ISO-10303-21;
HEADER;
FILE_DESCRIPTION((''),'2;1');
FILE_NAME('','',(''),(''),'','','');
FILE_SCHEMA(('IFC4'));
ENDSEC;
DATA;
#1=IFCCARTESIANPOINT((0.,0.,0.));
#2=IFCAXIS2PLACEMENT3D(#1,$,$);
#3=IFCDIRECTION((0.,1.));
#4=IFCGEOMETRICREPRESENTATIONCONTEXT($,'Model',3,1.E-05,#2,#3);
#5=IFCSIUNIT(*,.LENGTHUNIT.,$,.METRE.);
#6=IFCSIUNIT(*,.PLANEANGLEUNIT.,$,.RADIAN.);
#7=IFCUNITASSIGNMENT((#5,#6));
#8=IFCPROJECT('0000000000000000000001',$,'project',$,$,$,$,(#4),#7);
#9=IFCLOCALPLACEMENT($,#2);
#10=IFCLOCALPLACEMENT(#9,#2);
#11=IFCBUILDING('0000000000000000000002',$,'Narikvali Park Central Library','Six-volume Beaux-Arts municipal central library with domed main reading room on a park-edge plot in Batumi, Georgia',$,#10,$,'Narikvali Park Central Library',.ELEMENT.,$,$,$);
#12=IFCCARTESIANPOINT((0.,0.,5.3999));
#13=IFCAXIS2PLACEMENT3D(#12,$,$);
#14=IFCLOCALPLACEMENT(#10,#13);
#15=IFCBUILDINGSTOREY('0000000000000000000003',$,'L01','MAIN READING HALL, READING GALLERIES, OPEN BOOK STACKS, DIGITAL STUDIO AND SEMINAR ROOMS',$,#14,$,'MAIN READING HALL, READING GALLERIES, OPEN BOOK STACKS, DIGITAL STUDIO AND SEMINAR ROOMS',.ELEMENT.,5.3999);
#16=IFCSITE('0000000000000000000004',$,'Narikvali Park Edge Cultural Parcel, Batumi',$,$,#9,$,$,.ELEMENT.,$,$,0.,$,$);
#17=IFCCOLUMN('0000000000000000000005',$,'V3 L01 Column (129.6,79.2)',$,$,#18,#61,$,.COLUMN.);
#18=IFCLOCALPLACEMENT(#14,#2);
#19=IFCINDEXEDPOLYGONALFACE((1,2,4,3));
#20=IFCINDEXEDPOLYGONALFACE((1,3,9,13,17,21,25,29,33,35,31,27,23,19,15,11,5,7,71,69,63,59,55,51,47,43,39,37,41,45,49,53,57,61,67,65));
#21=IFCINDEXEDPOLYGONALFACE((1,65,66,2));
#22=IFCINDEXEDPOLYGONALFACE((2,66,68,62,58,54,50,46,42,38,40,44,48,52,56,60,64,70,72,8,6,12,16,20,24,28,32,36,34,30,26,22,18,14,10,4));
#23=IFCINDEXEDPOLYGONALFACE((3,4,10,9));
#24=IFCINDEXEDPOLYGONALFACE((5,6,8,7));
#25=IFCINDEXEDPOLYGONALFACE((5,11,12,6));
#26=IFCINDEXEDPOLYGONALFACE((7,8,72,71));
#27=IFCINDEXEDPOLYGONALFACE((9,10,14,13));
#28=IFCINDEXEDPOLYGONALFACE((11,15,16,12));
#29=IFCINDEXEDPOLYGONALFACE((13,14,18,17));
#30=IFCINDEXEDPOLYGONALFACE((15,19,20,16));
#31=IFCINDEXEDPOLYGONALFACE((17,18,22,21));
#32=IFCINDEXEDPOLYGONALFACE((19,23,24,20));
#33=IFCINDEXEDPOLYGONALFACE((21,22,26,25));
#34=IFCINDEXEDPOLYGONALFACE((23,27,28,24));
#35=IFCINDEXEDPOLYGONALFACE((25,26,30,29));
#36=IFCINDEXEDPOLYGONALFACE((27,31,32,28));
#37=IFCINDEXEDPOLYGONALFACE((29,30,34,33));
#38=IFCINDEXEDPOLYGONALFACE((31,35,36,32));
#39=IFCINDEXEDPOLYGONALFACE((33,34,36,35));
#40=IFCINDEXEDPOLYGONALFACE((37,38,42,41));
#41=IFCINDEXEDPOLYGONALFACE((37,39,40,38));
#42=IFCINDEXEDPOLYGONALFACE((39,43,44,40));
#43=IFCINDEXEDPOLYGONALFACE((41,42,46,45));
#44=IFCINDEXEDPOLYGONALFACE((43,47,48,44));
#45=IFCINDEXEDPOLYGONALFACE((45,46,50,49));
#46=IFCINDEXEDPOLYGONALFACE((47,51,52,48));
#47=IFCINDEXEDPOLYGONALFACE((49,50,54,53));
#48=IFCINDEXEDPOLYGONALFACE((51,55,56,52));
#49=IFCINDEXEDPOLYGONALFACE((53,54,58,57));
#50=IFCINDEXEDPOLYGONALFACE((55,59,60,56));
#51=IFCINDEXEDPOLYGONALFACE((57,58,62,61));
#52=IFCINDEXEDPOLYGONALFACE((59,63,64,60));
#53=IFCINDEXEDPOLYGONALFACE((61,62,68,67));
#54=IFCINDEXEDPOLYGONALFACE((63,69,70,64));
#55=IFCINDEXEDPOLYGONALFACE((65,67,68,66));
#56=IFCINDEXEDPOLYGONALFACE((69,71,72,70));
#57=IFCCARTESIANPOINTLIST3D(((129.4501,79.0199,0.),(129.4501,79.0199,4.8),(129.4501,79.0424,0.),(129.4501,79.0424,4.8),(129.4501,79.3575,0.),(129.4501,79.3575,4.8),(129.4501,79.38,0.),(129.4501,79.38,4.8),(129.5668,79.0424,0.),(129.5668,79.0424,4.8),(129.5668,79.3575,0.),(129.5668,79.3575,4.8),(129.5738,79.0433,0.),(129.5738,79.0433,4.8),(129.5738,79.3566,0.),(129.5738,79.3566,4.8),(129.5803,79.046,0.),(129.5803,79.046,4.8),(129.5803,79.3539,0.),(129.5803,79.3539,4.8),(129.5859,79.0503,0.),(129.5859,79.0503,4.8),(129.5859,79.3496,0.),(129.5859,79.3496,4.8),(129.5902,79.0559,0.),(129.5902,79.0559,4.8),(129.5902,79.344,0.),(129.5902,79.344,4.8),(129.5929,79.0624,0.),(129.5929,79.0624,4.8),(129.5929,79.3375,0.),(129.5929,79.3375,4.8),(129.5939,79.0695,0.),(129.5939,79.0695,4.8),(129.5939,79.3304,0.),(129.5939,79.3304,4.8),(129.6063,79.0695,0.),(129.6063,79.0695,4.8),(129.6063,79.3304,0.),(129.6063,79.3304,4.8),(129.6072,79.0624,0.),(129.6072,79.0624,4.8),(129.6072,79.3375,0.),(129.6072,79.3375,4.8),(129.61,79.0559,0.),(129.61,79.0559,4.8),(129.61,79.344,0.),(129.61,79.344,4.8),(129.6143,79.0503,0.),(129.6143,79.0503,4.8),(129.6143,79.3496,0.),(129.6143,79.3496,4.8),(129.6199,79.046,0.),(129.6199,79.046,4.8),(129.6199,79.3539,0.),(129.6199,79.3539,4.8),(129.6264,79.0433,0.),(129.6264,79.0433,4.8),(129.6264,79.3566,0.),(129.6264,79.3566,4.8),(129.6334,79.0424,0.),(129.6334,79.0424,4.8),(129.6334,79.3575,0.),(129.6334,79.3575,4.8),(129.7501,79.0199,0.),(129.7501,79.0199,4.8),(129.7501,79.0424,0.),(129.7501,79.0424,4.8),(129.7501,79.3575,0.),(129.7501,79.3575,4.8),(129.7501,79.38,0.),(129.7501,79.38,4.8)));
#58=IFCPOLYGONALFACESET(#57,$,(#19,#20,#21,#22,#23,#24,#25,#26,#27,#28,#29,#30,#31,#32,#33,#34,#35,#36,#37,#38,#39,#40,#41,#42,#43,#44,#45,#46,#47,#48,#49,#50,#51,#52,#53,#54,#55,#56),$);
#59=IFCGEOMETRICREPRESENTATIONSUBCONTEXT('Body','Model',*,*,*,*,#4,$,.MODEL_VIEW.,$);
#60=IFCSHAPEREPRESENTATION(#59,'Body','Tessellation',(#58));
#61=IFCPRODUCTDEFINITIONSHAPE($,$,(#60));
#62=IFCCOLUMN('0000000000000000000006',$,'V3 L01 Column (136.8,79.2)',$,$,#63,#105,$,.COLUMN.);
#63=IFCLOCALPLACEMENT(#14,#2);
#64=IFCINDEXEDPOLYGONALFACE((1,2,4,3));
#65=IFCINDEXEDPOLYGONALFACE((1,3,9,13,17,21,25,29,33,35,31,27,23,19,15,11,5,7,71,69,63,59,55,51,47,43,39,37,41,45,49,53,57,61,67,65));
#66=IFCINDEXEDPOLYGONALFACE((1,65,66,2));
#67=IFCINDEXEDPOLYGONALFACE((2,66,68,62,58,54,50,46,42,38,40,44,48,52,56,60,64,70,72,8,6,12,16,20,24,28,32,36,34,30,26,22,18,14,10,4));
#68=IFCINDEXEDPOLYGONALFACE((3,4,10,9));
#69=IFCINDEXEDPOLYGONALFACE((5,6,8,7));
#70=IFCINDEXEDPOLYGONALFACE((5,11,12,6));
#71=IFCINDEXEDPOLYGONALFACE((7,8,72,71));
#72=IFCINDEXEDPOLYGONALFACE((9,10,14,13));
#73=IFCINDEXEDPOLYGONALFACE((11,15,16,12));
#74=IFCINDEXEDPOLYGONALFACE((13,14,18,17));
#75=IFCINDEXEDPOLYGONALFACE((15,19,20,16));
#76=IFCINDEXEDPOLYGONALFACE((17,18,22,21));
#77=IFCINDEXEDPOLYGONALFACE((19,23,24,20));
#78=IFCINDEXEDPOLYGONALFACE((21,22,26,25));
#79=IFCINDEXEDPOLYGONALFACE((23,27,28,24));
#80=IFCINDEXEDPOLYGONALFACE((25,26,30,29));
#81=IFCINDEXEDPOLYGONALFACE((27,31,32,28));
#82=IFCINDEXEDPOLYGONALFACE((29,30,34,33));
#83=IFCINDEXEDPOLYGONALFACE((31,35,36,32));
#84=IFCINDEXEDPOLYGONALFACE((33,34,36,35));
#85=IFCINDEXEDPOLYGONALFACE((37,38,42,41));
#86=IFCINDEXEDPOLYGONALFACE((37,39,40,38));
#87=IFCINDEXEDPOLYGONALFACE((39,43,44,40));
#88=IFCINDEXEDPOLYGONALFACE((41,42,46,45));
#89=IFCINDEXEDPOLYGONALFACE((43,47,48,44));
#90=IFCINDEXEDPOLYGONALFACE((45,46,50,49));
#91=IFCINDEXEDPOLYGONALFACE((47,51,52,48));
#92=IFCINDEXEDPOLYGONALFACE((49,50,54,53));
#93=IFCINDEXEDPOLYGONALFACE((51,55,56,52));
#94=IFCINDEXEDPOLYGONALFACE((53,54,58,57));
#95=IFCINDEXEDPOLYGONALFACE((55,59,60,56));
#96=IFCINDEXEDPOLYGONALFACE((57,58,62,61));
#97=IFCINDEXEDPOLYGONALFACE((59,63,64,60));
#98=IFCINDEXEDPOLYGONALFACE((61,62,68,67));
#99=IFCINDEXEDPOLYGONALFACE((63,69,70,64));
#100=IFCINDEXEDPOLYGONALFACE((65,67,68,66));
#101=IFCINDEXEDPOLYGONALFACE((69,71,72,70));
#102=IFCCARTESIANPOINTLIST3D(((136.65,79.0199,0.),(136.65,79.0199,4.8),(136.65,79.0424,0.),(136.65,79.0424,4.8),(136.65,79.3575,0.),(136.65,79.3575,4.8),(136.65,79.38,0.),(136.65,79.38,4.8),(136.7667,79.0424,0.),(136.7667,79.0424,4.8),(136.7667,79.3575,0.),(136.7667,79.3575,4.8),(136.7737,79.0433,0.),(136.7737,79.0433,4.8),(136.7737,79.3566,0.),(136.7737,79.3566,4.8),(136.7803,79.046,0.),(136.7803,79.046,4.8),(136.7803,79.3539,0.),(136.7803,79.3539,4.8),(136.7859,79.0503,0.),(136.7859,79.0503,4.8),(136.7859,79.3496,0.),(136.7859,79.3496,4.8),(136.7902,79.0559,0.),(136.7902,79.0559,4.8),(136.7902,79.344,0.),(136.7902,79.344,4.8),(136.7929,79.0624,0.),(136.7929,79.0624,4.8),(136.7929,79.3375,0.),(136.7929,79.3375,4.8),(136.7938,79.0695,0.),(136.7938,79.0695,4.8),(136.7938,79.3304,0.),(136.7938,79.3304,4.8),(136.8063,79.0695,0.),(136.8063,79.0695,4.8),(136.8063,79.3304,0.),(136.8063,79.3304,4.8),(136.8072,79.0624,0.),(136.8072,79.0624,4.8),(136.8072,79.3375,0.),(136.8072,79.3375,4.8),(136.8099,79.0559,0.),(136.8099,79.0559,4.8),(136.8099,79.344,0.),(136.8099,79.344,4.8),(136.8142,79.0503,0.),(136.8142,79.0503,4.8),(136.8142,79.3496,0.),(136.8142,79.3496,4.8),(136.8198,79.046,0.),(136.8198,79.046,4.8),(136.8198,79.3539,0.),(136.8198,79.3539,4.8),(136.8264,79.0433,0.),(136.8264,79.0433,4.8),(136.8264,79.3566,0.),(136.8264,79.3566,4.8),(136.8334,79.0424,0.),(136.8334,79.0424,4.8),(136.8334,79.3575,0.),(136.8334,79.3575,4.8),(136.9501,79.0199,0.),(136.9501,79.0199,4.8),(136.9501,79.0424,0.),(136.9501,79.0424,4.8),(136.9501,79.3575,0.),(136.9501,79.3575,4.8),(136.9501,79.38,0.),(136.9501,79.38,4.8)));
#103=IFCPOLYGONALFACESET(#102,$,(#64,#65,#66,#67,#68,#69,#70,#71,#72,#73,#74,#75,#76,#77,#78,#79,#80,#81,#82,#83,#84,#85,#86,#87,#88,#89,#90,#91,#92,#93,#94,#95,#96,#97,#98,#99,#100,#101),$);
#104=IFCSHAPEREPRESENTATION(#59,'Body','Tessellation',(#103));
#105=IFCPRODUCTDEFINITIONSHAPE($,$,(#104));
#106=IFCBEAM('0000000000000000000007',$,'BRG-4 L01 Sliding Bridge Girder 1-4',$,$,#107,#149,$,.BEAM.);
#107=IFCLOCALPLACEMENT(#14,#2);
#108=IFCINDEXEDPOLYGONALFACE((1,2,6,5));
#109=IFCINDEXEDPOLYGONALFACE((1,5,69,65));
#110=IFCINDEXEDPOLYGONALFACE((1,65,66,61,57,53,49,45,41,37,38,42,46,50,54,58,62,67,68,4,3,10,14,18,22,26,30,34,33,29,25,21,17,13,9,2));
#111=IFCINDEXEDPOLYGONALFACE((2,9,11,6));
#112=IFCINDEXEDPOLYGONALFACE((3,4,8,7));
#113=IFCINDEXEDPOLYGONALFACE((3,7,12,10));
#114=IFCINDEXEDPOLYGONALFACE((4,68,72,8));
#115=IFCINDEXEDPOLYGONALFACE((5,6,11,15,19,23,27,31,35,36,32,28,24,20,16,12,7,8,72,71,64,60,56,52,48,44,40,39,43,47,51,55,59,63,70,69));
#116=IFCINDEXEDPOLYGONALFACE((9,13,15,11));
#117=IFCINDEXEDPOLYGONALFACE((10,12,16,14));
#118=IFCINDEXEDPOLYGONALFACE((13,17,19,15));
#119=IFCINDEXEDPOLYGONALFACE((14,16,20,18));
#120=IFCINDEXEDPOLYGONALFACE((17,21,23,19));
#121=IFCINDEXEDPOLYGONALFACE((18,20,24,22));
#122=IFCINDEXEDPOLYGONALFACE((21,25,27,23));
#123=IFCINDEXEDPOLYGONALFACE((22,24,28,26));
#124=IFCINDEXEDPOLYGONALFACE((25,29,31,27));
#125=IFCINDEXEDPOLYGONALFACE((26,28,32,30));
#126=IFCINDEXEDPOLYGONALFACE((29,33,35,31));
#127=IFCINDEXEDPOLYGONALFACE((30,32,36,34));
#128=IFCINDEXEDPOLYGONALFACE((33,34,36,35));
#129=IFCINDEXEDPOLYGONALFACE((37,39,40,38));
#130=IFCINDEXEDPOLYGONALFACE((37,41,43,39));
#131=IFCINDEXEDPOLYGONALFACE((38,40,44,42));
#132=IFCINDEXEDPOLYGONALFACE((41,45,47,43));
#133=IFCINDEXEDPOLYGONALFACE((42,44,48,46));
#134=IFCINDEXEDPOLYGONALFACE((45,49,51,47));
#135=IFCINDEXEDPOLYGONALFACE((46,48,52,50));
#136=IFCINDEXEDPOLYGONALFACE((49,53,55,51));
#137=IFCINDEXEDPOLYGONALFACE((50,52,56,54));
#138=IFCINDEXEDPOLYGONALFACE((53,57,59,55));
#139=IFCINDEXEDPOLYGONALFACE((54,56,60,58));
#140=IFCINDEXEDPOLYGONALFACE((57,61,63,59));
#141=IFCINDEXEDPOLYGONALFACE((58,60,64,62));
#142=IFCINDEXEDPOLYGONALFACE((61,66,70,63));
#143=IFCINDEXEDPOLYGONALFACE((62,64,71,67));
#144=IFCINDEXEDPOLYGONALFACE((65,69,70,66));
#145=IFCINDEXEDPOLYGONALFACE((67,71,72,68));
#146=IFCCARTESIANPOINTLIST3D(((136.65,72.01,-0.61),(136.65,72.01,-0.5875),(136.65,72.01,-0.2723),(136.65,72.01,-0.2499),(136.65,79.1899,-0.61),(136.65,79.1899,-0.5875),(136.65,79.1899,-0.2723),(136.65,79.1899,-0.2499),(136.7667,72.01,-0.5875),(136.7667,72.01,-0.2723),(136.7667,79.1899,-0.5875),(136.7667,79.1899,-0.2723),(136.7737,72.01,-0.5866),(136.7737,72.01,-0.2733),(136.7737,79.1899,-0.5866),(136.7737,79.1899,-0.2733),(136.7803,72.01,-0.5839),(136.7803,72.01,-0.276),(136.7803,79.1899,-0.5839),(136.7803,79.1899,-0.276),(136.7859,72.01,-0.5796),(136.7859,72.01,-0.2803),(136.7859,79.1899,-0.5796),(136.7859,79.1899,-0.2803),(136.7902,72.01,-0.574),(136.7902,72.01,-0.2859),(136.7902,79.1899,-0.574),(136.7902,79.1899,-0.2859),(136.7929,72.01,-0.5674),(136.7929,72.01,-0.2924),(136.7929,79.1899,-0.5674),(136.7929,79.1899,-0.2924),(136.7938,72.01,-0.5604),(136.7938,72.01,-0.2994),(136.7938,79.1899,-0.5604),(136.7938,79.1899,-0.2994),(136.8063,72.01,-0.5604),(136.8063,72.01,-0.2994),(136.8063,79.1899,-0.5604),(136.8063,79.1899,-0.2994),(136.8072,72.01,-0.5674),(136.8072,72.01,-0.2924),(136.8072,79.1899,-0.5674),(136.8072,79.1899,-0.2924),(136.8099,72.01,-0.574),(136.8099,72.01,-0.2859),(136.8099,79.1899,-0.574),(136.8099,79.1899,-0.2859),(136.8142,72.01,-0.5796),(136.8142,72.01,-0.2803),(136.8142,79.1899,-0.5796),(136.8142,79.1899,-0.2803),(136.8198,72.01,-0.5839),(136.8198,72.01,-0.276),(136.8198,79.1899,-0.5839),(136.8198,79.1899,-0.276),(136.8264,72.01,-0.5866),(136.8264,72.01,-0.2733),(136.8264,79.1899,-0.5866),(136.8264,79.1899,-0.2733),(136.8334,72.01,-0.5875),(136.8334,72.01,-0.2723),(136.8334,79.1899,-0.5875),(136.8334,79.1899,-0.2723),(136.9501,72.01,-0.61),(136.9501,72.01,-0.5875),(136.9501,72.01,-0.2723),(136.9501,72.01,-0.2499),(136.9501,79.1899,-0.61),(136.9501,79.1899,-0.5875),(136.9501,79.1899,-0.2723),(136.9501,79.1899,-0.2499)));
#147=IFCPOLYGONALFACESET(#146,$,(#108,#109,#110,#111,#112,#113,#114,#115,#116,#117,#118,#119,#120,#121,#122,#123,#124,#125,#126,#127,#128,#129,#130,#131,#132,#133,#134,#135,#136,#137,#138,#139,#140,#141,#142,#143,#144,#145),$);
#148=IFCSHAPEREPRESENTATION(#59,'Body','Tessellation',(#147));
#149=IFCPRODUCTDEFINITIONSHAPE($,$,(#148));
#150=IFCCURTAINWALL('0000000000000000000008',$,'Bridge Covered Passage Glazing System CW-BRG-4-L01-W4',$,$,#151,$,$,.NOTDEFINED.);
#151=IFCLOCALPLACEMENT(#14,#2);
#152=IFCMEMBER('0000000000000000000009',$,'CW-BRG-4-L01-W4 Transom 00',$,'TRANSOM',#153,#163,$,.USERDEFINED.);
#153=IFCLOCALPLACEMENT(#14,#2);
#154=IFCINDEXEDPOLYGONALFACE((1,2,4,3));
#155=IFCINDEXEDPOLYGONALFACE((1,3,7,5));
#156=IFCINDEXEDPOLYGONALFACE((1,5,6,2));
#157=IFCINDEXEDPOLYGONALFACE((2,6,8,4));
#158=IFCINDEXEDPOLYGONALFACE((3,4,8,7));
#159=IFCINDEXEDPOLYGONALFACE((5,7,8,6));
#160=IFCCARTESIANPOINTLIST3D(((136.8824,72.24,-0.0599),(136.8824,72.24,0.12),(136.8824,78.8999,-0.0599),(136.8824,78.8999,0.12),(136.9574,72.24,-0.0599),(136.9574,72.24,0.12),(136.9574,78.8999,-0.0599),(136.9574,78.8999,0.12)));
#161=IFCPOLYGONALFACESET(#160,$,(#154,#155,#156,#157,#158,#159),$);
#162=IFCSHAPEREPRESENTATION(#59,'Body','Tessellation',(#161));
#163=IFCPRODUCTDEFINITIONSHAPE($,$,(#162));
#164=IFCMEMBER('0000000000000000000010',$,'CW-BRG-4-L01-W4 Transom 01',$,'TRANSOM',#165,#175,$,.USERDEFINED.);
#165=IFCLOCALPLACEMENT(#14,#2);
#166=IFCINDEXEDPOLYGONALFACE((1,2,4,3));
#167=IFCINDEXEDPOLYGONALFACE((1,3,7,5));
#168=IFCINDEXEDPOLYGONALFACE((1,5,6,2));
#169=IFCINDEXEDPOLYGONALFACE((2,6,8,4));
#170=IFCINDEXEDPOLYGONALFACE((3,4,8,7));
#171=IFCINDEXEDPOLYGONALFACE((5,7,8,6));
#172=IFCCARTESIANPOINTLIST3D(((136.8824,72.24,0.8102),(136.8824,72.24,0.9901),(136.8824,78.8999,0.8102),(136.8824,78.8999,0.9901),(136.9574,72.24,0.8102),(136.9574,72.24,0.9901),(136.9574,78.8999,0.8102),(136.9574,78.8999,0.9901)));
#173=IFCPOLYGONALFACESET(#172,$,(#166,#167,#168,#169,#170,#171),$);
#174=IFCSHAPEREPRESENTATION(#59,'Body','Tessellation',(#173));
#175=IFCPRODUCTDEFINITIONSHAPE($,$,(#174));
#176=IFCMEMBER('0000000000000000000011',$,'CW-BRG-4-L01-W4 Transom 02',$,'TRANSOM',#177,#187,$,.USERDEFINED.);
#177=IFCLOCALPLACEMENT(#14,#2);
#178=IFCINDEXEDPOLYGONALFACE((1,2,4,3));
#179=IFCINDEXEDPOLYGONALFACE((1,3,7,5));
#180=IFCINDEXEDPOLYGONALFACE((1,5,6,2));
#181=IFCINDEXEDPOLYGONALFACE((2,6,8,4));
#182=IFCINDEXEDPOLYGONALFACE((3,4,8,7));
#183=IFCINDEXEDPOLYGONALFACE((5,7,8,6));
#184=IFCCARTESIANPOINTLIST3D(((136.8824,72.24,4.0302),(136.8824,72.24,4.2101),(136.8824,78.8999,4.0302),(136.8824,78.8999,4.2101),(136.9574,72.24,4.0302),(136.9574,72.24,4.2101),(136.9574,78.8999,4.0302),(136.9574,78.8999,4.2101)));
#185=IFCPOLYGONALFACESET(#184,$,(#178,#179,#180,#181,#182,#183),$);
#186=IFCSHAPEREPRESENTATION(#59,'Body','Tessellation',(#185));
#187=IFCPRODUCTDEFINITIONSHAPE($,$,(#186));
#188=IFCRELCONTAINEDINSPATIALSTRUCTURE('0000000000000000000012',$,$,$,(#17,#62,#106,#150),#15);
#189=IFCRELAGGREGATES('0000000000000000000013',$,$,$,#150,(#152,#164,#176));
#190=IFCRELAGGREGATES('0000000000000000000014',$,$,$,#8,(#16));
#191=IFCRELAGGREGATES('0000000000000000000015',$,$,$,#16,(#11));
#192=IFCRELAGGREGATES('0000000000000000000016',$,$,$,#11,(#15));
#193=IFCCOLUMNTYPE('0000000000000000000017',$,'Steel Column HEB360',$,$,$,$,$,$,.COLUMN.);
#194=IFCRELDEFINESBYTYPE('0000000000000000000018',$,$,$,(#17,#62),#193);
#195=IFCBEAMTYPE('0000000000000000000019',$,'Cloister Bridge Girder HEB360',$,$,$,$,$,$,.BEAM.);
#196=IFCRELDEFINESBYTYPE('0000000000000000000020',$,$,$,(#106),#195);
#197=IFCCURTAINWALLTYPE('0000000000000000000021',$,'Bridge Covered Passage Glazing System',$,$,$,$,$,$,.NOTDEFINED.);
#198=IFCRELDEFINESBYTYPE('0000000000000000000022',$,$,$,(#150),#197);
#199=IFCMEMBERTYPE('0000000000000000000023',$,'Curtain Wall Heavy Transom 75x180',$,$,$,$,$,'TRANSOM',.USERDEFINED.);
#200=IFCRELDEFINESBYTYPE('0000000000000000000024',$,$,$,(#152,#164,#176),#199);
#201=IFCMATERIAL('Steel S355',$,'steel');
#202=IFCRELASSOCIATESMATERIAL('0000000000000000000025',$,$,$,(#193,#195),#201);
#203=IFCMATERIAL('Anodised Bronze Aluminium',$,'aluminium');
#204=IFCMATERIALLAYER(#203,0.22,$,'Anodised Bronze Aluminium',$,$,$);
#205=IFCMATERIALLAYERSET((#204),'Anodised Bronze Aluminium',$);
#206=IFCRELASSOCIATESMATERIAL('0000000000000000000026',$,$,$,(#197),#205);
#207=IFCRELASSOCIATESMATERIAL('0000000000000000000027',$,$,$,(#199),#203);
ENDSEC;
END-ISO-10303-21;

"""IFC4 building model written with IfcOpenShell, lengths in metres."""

from ifc_helpers import new_model, si_unit, direction, frame, origin, origin_2d, place, context, subcontext, project, spatial, rectangle, i_section, extrude, material, layer, layer_set, material_profile, profile_set, type_object, element, aggregate, save


model = new_model("IFC4")

# Units and contexts
model_context = context("Model", 3, precision=1e-05, world=origin(), true_north=direction((0.0, 1.0)))
body_context = subcontext(model_context, "Body", "Model", "MODEL_VIEW")
ifc_project = project(units=[si_unit("LENGTHUNIT", "METRE"), si_unit("PLANEANGLEUNIT", "RADIAN")], contexts=[model_context])

# Site, building, storey
site_placement = place(None, origin())
site = spatial("IfcSite", under=ifc_project, at=site_placement, Name="Narikvali Park Edge Cultural Parcel, Batumi", CompositionType="ELEMENT", RefElevation=0.0)
building_placement = place(site_placement, origin())
building = spatial("IfcBuilding", under=site, at=building_placement, Name="Narikvali Park Central Library", Description="Six-volume Beaux-Arts municipal central library with domed main reading room on a park-edge plot in Batumi, Georgia", LongName="Narikvali Park Central Library", CompositionType="ELEMENT")
storey_placement = place(building_placement, frame((0.0, 0.0, 5.3999)))
storey = spatial("IfcBuildingStorey", under=building, at=storey_placement, Name="L01", Description="MAIN READING HALL, READING GALLERIES, OPEN BOOK STACKS, DIGITAL STUDIO AND SEMINAR ROOMS", LongName="MAIN READING HALL, READING GALLERIES, OPEN BOOK STACKS, DIGITAL STUDIO AND SEMINAR ROOMS", CompositionType="ELEMENT", Elevation=5.3999)

# Columns
ifc_material_1 = material(Name="Steel S355", Category="steel")
ifc_material_profile_1 = material_profile(ifc_material_1, i_section(OverallWidth=0.3, OverallDepth=0.3601, WebThickness=0.0125, FlangeThickness=0.0225, FilletRadius=0.0271, at=origin_2d()), Name="HEB 360")
ifc_profile_set_1 = profile_set([ifc_material_profile_1], Name="Steel S355")
column_type = type_object("IfcColumnType", Name="Steel Column HEB360", PredefinedType="COLUMN", material=ifc_profile_set_1)
for number, where, z_axis, x_axis, name in (
    (1, (129.6001, 79.2, 0.0), (0.0, 0.0, 1.0), (1.0, 0.0, 0.0), "V3 L01 Column (129.6,79.2)"),
    (2, (136.8, 79.2, 0.0), (0.0, 0.0, 1.0), (1.0, 0.0, 0.0), "V3 L01 Column (136.8,79.2)"),
):
    element("IfcColumn", number, at=place(storey_placement, frame(where, z_axis=z_axis, x_axis=x_axis)), inside=storey, type_object=column_type, Name=name, PredefinedType="COLUMN", context=body_context, shape_type="SweptSolid", body=[
        extrude(i_section(OverallWidth=0.3, OverallDepth=0.3601, WebThickness=0.0125, FlangeThickness=0.0225, FilletRadius=0.0271, at=origin_2d()), origin(), (0.0, 0.0, 1.0), 4.8),
    ])

# Beam
ifc_material_profile_2 = material_profile(ifc_material_1, i_section(OverallWidth=0.3, OverallDepth=0.3601, WebThickness=0.0125, FlangeThickness=0.0225, FilletRadius=0.0271, at=origin_2d()), Name="HEB 360")
ifc_profile_set_2 = profile_set([ifc_material_profile_2], Name="Steel S355")
beam_type_1 = type_object("IfcBeamType", Name="Cloister Bridge Girder HEB360", PredefinedType="BEAM", material=ifc_profile_set_2)
beam_1_placement = place(storey_placement, frame((136.8, 72.01, -0.4299), z_axis=(0.0, 1.0, 0.0), x_axis=(-1.0, 0.0, 0.0)))
element("IfcBeam", 3, at=beam_1_placement, inside=storey, type_object=beam_type_1, Name="BRG-4 L01 Sliding Bridge Girder 1-4", PredefinedType="BEAM", context=body_context, shape_type="SweptSolid", body=[
    extrude(i_section(OverallWidth=0.3, OverallDepth=0.3601, WebThickness=0.0125, FlangeThickness=0.0225, FilletRadius=0.0271, at=origin_2d()), origin(), (0.0, 0.0, 1.0), 7.1799),
])

# Curtain wall, members
ifc_material_2 = material(Name="Anodised Bronze Aluminium", Category="aluminium")
ifc_layer_1 = layer(ifc_material_2, 0.22, Name="Anodised Bronze Aluminium")
ifc_layer_set_1 = layer_set([ifc_layer_1], Name="Anodised Bronze Aluminium")
curtain_wall_type = type_object("IfcCurtainWallType", Name="Bridge Covered Passage Glazing System", PredefinedType="NOTDEFINED", material=ifc_layer_set_1)
curtain_wall_placement = place(storey_placement, origin())
curtain_wall = element("IfcCurtainWall", 4, at=curtain_wall_placement, inside=storey, type_object=curtain_wall_type, Name="Bridge Covered Passage Glazing System CW-BRG-4-L01-W4", PredefinedType="NOTDEFINED")
ifc_material_profile_3 = material_profile(ifc_material_2, rectangle(XDim=0.075, YDim=0.1799, at=origin_2d()), Name="CW TRANSOM 75x180")
ifc_profile_set_3 = profile_set([ifc_material_profile_3], Name="Anodised Bronze Aluminium")
member_type_1 = type_object("IfcMemberType", Name="Curtain Wall Heavy Transom 75x180", ElementType="TRANSOM", PredefinedType="USERDEFINED", material=ifc_profile_set_3)
member_1_placement = place(storey_placement, frame((136.9199, 72.24, 0.03), z_axis=(0.0, 1.0, 0.0), x_axis=(-1.0, 0.0, 0.0)))
member_1 = element("IfcMember", 5, at=member_1_placement, type_object=member_type_1, Name="CW-BRG-4-L01-W4 Transom 00", ObjectType="TRANSOM", PredefinedType="USERDEFINED", context=body_context, shape_type="SweptSolid", body=[
    extrude(rectangle(XDim=0.075, YDim=0.1799, at=origin_2d()), origin(), (0.0, 0.0, 1.0), 6.6599),
])
member_2_placement = place(storey_placement, frame((136.9199, 72.24, 0.9001), z_axis=(0.0, 1.0, 0.0), x_axis=(-1.0, 0.0, 0.0)))
member_2 = element("IfcMember", 6, at=member_2_placement, type_object=member_type_1, Name="CW-BRG-4-L01-W4 Transom 01", ObjectType="TRANSOM", PredefinedType="USERDEFINED", context=body_context, shape_type="SweptSolid", body=[
    extrude(rectangle(XDim=0.075, YDim=0.1799, at=origin_2d()), origin(), (0.0, 0.0, 1.0), 6.6599),
])
member_3_placement = place(storey_placement, frame((136.9199, 72.24, 4.1201), z_axis=(0.0, 1.0, 0.0), x_axis=(-1.0, 0.0, 0.0)))
member_3 = element("IfcMember", 7, at=member_3_placement, type_object=member_type_1, Name="CW-BRG-4-L01-W4 Transom 02", ObjectType="TRANSOM", PredefinedType="USERDEFINED", context=body_context, shape_type="SweptSolid", body=[
    extrude(rectangle(XDim=0.075, YDim=0.1799, at=origin_2d()), origin(), (0.0, 0.0, 1.0), 6.6599),
])

aggregate(curtain_wall, [member_1, member_2, member_3])

save(model, "model.ifc")
